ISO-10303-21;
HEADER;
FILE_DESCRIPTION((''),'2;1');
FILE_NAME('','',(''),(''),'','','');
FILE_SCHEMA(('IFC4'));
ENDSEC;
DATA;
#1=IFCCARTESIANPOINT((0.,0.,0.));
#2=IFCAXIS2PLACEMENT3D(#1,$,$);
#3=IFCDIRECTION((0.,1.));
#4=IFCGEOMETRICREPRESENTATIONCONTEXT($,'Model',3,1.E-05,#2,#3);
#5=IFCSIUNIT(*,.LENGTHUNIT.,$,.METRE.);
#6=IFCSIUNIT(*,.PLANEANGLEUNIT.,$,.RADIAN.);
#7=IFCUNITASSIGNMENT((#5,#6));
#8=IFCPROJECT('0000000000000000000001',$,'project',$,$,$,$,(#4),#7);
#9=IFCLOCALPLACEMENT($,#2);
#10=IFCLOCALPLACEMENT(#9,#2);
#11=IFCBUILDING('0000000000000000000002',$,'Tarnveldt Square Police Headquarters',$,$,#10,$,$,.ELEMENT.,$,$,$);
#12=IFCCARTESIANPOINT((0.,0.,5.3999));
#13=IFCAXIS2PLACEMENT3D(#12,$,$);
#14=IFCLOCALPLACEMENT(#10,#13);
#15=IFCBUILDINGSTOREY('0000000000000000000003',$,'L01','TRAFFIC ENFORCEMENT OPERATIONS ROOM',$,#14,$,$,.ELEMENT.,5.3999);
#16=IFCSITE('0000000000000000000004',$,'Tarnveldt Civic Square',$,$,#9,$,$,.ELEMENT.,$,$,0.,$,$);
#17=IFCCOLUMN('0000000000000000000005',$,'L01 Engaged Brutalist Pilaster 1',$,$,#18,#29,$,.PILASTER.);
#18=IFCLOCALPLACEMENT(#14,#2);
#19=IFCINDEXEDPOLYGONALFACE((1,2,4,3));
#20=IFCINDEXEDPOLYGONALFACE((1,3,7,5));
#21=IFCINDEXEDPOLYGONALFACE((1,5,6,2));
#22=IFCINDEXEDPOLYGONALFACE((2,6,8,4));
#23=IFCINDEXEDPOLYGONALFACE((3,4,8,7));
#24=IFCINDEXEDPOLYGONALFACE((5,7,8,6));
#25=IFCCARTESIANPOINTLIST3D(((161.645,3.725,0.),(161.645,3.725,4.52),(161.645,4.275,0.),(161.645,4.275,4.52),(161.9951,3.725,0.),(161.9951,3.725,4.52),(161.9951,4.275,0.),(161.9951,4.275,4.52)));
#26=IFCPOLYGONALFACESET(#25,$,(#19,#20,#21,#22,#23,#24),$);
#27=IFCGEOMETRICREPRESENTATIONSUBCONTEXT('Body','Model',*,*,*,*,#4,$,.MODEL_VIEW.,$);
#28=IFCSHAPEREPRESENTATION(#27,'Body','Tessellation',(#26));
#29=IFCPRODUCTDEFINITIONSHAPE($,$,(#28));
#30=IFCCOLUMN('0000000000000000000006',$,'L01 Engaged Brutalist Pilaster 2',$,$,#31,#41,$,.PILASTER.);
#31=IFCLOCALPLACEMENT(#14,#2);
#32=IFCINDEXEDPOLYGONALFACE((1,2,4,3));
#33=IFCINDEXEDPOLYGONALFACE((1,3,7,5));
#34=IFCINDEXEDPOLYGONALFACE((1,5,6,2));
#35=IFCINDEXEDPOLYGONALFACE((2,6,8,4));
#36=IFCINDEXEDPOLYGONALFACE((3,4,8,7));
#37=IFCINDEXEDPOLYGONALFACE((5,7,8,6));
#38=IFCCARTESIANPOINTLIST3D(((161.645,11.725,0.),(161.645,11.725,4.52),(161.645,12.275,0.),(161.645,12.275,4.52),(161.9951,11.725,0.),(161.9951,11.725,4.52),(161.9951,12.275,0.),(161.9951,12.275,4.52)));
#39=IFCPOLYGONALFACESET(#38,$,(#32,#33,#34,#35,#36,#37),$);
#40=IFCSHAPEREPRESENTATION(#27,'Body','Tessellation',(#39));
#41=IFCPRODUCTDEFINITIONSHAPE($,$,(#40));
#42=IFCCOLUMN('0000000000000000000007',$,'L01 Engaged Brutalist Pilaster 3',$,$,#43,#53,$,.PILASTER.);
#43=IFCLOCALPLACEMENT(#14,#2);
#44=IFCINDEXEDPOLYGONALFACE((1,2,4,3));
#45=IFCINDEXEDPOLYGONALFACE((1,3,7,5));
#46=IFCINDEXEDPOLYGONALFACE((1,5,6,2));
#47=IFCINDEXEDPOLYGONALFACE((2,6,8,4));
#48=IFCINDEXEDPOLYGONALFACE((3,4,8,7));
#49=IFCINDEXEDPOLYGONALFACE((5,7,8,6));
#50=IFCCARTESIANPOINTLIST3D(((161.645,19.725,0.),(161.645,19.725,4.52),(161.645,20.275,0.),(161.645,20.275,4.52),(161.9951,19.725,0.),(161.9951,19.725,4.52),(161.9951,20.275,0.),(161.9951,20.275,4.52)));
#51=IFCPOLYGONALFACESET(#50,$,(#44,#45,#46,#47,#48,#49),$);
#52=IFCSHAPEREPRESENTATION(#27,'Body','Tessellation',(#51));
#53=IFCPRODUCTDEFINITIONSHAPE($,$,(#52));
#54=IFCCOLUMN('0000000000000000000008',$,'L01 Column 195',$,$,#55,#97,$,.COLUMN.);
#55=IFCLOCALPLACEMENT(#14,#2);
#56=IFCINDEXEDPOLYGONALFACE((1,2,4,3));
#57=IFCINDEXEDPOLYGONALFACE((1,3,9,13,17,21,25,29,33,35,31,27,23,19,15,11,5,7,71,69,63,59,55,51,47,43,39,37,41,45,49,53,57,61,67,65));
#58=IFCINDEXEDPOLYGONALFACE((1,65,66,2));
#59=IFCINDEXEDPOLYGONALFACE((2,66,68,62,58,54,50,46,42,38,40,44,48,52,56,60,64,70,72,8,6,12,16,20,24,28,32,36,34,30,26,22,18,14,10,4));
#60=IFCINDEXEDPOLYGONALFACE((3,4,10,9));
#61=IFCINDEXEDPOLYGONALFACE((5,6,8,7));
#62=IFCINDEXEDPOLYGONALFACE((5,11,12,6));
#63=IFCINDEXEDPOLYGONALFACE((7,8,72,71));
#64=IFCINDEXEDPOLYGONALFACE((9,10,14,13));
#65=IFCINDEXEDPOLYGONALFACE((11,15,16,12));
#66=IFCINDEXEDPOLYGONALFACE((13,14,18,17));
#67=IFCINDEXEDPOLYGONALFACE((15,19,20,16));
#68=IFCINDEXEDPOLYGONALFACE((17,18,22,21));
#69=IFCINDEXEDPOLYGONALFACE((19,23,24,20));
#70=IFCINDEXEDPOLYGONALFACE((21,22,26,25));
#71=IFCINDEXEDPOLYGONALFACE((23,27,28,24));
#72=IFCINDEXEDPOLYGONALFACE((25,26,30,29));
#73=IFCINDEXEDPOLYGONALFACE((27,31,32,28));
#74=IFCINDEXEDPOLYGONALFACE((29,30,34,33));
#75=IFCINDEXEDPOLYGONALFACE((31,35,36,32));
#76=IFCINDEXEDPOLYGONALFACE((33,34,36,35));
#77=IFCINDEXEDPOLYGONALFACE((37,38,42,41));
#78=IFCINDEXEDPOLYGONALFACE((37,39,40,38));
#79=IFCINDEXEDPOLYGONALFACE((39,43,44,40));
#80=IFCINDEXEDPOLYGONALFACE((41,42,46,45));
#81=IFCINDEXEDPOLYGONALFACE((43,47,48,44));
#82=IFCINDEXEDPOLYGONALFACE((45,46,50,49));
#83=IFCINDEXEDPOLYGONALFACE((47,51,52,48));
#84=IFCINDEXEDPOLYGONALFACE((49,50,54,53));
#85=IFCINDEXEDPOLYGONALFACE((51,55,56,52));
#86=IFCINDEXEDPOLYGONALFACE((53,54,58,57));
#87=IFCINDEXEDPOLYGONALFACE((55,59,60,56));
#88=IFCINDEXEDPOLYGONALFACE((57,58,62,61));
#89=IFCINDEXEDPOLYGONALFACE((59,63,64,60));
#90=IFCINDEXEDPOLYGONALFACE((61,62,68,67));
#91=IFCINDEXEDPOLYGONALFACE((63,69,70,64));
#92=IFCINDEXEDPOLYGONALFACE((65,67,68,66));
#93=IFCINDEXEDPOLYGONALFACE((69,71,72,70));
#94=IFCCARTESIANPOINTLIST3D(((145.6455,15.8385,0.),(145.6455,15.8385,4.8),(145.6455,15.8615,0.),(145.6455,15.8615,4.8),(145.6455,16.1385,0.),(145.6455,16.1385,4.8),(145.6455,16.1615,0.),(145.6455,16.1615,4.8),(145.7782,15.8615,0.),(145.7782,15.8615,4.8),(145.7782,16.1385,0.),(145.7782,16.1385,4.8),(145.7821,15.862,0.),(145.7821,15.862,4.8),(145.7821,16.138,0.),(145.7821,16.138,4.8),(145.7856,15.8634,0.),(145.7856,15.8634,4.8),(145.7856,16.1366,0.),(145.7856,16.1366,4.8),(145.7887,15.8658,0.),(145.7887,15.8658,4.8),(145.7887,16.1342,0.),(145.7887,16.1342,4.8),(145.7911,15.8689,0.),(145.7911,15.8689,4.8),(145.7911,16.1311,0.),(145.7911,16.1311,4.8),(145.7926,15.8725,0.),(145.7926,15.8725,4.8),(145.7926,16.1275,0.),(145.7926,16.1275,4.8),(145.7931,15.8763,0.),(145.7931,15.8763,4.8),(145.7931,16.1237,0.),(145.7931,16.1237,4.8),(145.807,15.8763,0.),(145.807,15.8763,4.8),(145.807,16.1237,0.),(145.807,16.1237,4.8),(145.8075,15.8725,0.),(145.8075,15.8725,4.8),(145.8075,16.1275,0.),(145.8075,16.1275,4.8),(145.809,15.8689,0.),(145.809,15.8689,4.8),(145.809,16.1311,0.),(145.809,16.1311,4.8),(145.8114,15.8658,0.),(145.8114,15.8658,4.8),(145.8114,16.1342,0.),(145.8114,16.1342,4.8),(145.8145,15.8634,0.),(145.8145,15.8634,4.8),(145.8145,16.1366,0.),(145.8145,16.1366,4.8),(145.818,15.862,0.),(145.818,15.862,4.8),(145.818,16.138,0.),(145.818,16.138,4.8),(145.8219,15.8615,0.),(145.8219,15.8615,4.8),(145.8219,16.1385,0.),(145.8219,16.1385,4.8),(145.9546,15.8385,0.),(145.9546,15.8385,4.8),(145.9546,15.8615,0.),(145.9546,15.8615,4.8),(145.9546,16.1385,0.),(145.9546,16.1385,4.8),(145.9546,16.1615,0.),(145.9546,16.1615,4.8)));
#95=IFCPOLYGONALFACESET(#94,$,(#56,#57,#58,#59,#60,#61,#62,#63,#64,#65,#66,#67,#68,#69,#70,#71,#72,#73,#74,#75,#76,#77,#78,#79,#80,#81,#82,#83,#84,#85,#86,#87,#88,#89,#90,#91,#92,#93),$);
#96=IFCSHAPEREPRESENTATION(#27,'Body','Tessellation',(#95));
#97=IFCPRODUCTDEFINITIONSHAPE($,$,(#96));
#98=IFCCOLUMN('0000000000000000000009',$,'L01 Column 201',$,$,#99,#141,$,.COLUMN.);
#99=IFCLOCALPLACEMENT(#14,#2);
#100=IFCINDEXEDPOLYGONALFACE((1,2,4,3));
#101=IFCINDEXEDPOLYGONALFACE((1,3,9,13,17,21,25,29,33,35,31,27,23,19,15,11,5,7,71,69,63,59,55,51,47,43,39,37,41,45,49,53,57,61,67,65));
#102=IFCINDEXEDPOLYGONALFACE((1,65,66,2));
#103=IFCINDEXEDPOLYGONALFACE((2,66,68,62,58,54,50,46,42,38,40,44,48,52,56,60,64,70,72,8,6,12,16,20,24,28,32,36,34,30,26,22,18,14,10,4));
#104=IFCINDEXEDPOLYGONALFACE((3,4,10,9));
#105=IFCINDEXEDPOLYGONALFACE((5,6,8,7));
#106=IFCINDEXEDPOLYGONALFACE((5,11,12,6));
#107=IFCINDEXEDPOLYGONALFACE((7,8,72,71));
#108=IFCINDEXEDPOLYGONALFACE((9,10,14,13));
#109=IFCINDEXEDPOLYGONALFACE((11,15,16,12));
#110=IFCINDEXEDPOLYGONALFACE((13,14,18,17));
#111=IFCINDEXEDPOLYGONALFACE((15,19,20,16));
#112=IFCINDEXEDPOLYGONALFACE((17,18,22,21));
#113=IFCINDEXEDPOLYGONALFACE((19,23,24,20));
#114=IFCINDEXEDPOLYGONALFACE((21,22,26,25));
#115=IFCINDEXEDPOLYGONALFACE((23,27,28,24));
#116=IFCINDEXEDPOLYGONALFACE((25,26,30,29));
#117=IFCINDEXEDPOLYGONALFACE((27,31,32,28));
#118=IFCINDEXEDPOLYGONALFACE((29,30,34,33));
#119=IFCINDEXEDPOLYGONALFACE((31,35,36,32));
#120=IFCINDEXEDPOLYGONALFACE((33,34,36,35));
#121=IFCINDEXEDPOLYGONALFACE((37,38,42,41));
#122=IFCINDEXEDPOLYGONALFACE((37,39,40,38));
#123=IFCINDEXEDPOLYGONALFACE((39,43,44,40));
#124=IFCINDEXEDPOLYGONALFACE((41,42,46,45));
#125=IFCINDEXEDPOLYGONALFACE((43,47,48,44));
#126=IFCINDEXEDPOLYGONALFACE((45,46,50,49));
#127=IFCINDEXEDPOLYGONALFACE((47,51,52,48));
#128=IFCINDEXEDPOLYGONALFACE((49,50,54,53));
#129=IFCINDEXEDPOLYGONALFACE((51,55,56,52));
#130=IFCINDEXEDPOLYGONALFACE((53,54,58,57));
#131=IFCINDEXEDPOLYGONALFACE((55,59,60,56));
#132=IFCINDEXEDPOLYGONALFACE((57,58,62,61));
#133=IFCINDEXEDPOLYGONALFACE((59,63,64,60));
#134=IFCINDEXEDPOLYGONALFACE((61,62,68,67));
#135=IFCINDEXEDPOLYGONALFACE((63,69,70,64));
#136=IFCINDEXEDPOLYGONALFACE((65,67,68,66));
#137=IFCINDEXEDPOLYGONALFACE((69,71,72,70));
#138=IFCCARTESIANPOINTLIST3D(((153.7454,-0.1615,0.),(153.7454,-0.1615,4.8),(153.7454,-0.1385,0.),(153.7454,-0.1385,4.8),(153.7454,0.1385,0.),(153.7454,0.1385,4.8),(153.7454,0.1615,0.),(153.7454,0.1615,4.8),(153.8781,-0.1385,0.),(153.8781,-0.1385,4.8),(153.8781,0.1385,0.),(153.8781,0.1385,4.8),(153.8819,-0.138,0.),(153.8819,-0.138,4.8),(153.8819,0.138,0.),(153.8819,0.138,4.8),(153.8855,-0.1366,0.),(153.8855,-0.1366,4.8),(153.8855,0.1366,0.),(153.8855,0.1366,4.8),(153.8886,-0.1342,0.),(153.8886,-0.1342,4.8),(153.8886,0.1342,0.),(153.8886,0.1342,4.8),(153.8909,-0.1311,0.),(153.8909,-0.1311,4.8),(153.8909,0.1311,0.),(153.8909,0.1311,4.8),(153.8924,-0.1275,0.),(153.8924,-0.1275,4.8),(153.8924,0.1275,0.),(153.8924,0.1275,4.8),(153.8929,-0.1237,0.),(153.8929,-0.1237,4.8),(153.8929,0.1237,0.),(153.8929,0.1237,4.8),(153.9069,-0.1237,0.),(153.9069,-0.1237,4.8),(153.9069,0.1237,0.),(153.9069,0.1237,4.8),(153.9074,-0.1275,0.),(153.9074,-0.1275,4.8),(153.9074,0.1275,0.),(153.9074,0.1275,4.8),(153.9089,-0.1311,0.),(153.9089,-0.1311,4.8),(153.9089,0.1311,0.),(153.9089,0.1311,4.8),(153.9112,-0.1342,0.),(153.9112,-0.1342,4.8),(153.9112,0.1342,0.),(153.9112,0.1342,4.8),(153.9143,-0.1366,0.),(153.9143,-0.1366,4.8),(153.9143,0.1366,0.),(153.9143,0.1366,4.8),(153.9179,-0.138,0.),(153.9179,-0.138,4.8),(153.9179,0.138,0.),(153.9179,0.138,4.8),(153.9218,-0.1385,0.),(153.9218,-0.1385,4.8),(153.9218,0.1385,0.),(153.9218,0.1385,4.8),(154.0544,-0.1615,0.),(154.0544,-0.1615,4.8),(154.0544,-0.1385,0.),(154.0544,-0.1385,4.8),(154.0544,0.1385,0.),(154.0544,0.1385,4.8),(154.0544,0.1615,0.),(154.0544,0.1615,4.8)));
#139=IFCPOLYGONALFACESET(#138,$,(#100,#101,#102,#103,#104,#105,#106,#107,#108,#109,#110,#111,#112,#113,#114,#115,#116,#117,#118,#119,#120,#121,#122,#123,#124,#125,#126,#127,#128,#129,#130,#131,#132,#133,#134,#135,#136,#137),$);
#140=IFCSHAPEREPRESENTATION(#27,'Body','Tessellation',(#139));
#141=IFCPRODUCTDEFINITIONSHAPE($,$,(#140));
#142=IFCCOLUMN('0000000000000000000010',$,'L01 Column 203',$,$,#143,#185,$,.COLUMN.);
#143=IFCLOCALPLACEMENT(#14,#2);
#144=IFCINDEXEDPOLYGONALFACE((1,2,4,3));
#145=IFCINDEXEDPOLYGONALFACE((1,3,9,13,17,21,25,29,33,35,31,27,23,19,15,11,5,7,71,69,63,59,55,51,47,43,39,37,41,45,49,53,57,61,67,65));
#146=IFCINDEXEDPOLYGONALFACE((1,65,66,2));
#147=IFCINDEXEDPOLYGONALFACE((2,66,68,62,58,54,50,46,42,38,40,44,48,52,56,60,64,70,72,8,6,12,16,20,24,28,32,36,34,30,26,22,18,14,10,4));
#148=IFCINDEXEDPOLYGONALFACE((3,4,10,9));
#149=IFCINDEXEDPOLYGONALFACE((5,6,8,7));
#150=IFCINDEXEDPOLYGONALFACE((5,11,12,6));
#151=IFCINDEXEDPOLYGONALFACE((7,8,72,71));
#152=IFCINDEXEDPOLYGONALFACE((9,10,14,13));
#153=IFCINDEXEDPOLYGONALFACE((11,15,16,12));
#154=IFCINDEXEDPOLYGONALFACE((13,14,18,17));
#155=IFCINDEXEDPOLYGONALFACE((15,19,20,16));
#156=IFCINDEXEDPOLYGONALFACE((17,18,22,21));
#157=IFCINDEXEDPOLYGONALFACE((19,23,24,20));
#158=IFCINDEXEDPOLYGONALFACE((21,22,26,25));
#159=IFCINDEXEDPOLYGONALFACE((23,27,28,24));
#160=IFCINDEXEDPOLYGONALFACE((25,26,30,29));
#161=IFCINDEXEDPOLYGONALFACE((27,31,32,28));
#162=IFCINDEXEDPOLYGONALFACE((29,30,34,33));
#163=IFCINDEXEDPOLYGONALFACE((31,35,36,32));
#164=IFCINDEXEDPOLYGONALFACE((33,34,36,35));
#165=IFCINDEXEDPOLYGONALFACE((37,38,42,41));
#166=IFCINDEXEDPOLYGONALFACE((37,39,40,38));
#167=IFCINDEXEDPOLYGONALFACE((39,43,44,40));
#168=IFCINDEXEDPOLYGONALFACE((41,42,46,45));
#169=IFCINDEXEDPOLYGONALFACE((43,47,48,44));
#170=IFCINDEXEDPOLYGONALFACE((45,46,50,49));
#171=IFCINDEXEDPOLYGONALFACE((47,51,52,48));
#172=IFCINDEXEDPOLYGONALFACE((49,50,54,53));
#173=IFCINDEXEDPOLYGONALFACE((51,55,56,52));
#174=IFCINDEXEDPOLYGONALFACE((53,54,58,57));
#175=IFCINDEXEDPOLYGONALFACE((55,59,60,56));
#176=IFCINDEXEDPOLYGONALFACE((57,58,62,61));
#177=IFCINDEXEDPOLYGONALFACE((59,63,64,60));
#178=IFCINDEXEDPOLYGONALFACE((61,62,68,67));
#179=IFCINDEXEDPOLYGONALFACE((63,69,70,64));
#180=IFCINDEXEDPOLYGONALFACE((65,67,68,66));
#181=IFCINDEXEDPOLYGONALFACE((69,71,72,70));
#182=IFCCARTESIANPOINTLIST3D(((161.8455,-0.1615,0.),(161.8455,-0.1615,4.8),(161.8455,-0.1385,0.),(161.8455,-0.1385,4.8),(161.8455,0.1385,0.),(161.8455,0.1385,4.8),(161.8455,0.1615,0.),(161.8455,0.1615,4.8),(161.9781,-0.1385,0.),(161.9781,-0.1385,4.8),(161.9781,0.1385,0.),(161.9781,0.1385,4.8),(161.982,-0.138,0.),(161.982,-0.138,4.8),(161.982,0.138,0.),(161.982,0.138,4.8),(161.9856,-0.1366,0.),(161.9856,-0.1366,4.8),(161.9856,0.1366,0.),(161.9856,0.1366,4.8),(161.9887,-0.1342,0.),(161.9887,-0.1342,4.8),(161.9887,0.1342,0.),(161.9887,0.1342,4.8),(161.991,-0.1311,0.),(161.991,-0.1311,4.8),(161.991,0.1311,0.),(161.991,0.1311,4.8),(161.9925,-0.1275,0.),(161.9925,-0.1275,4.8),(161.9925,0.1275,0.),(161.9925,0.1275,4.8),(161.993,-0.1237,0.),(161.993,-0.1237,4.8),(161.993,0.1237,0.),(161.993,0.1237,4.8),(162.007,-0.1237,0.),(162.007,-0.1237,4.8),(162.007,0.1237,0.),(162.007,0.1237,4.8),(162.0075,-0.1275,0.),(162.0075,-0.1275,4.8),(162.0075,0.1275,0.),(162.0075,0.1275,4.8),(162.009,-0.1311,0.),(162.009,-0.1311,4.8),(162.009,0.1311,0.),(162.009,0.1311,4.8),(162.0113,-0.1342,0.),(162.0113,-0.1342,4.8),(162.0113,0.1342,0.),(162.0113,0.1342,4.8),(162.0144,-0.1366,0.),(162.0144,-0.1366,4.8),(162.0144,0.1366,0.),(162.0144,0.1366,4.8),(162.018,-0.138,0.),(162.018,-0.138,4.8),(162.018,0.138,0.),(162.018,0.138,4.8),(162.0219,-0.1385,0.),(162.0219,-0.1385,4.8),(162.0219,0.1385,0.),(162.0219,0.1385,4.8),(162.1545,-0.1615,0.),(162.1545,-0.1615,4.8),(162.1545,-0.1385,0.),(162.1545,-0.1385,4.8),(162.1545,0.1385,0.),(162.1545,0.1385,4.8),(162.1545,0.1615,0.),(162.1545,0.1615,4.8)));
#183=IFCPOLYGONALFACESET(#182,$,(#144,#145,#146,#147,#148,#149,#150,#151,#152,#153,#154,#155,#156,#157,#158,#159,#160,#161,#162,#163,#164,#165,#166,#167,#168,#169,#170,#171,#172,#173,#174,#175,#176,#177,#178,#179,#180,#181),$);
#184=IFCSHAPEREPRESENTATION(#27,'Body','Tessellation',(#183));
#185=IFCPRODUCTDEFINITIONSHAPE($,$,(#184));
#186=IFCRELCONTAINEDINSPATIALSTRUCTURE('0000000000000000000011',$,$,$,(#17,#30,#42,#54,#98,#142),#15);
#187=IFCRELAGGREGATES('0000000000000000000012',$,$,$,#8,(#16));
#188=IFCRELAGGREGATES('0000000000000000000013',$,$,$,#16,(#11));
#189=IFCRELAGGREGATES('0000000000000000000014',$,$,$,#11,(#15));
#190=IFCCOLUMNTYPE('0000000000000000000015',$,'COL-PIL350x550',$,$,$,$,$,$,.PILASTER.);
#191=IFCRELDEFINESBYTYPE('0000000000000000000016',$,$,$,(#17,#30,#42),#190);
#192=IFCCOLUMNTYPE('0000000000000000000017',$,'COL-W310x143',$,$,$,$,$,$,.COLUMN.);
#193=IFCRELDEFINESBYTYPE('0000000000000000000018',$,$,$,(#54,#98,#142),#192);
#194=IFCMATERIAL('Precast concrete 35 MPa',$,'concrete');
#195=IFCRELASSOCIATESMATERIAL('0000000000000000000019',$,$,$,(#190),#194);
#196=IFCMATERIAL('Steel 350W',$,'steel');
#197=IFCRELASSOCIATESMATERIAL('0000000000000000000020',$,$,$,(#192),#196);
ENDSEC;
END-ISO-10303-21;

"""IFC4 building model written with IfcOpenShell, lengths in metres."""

from ifc_helpers import new_model, si_unit, direction, frame, origin, origin_2d, place, context, subcontext, project, spatial, rectangle, i_section, extrude, material, material_profile, profile_set, type_object, element, save


model = new_model("IFC4")

# Units and contexts
model_context = context("Model", 3, precision=1e-05, world=origin(), true_north=direction((0.0, 1.0)))
body_context = subcontext(model_context, "Body", "Model", "MODEL_VIEW")
ifc_project = project(units=[si_unit("LENGTHUNIT", "METRE"), si_unit("PLANEANGLEUNIT", "RADIAN")], contexts=[model_context])

# Site, building, storey
site_placement = place(None, origin())
site = spatial("IfcSite", under=ifc_project, at=site_placement, Name="Tarnveldt Civic Square", CompositionType="ELEMENT", RefElevation=0.0)
building_placement = place(site_placement, origin())
building = spatial("IfcBuilding", under=site, at=building_placement, Name="Tarnveldt Square Police Headquarters", CompositionType="ELEMENT")
storey_placement = place(building_placement, frame((0.0, 0.0, 5.3999)))
storey = spatial("IfcBuildingStorey", under=building, at=storey_placement, Name="L01", Description="TRAFFIC ENFORCEMENT OPERATIONS ROOM", CompositionType="ELEMENT", Elevation=5.3999)

# Columns
ifc_material_1 = material(Name="Precast concrete 35 MPa", Category="concrete")
ifc_material_profile_1 = material_profile(ifc_material_1, rectangle(XDim=0.3501, YDim=0.55, at=origin_2d()), Name="RC-PIL350x550")
ifc_profile_set_1 = profile_set([ifc_material_profile_1], Name="Precast concrete 35 MPa")
column_type_1 = type_object("IfcColumnType", Name="COL-PIL350x550", PredefinedType="PILASTER", material=ifc_profile_set_1)
for number, where, z_axis, x_axis, name in (
    (1, (161.8201, 4.0, 0.0), (0.0, 0.0, 1.0), (1.0, 0.0, 0.0), "L01 Engaged Brutalist Pilaster 1"),
    (2, (161.8201, 12.0, 0.0), (0.0, 0.0, 1.0), (1.0, 0.0, 0.0), "L01 Engaged Brutalist Pilaster 2"),
    (3, (161.8201, 20.0, 0.0), (0.0, 0.0, 1.0), (1.0, 0.0, 0.0), "L01 Engaged Brutalist Pilaster 3"),
):
    element("IfcColumn", number, at=place(storey_placement, frame(where, z_axis=z_axis, x_axis=x_axis)), inside=storey, type_object=column_type_1, Name=name, PredefinedType="PILASTER", context=body_context, shape_type="SweptSolid", body=[
        extrude(rectangle(XDim=0.3501, YDim=0.55, at=origin_2d()), origin(), (0.0, 0.0, 1.0), 4.52),
    ])
ifc_material_2 = material(Name="Steel 350W", Category="steel")
ifc_material_profile_2 = material_profile(ifc_material_2, i_section(OverallWidth=0.3091, OverallDepth=0.323, WebThickness=0.0139, FlangeThickness=0.0229, FilletRadius=0.0149, at=origin_2d()), Name="W310x143")
ifc_profile_set_2 = profile_set([ifc_material_profile_2], Name="Steel 350W")
column_type_2 = type_object("IfcColumnType", Name="COL-W310x143", PredefinedType="COLUMN", material=ifc_profile_set_2)
for number, where, z_axis, x_axis, name in (
    (4, (145.8, 16.0, 0.0), (0.0, 0.0, 1.0), (1.0, 0.0, 0.0), "L01 Column 195"),
    (5, (153.8999, 0.0, 0.0), (0.0, 0.0, 1.0), (1.0, 0.0, 0.0), "L01 Column 201"),
    (6, (162.0, 0.0, 0.0), (0.0, 0.0, 1.0), (1.0, 0.0, 0.0), "L01 Column 203"),
):
    element("IfcColumn", number, at=place(storey_placement, frame(where, z_axis=z_axis, x_axis=x_axis)), inside=storey, type_object=column_type_2, Name=name, PredefinedType="COLUMN", context=body_context, shape_type="SweptSolid", body=[
        extrude(i_section(OverallWidth=0.3091, OverallDepth=0.323, WebThickness=0.0139, FlangeThickness=0.0229, FilletRadius=0.0149, at=origin_2d()), origin(), (0.0, 0.0, 1.0), 4.8),
    ])

save(model, "model.ifc")
